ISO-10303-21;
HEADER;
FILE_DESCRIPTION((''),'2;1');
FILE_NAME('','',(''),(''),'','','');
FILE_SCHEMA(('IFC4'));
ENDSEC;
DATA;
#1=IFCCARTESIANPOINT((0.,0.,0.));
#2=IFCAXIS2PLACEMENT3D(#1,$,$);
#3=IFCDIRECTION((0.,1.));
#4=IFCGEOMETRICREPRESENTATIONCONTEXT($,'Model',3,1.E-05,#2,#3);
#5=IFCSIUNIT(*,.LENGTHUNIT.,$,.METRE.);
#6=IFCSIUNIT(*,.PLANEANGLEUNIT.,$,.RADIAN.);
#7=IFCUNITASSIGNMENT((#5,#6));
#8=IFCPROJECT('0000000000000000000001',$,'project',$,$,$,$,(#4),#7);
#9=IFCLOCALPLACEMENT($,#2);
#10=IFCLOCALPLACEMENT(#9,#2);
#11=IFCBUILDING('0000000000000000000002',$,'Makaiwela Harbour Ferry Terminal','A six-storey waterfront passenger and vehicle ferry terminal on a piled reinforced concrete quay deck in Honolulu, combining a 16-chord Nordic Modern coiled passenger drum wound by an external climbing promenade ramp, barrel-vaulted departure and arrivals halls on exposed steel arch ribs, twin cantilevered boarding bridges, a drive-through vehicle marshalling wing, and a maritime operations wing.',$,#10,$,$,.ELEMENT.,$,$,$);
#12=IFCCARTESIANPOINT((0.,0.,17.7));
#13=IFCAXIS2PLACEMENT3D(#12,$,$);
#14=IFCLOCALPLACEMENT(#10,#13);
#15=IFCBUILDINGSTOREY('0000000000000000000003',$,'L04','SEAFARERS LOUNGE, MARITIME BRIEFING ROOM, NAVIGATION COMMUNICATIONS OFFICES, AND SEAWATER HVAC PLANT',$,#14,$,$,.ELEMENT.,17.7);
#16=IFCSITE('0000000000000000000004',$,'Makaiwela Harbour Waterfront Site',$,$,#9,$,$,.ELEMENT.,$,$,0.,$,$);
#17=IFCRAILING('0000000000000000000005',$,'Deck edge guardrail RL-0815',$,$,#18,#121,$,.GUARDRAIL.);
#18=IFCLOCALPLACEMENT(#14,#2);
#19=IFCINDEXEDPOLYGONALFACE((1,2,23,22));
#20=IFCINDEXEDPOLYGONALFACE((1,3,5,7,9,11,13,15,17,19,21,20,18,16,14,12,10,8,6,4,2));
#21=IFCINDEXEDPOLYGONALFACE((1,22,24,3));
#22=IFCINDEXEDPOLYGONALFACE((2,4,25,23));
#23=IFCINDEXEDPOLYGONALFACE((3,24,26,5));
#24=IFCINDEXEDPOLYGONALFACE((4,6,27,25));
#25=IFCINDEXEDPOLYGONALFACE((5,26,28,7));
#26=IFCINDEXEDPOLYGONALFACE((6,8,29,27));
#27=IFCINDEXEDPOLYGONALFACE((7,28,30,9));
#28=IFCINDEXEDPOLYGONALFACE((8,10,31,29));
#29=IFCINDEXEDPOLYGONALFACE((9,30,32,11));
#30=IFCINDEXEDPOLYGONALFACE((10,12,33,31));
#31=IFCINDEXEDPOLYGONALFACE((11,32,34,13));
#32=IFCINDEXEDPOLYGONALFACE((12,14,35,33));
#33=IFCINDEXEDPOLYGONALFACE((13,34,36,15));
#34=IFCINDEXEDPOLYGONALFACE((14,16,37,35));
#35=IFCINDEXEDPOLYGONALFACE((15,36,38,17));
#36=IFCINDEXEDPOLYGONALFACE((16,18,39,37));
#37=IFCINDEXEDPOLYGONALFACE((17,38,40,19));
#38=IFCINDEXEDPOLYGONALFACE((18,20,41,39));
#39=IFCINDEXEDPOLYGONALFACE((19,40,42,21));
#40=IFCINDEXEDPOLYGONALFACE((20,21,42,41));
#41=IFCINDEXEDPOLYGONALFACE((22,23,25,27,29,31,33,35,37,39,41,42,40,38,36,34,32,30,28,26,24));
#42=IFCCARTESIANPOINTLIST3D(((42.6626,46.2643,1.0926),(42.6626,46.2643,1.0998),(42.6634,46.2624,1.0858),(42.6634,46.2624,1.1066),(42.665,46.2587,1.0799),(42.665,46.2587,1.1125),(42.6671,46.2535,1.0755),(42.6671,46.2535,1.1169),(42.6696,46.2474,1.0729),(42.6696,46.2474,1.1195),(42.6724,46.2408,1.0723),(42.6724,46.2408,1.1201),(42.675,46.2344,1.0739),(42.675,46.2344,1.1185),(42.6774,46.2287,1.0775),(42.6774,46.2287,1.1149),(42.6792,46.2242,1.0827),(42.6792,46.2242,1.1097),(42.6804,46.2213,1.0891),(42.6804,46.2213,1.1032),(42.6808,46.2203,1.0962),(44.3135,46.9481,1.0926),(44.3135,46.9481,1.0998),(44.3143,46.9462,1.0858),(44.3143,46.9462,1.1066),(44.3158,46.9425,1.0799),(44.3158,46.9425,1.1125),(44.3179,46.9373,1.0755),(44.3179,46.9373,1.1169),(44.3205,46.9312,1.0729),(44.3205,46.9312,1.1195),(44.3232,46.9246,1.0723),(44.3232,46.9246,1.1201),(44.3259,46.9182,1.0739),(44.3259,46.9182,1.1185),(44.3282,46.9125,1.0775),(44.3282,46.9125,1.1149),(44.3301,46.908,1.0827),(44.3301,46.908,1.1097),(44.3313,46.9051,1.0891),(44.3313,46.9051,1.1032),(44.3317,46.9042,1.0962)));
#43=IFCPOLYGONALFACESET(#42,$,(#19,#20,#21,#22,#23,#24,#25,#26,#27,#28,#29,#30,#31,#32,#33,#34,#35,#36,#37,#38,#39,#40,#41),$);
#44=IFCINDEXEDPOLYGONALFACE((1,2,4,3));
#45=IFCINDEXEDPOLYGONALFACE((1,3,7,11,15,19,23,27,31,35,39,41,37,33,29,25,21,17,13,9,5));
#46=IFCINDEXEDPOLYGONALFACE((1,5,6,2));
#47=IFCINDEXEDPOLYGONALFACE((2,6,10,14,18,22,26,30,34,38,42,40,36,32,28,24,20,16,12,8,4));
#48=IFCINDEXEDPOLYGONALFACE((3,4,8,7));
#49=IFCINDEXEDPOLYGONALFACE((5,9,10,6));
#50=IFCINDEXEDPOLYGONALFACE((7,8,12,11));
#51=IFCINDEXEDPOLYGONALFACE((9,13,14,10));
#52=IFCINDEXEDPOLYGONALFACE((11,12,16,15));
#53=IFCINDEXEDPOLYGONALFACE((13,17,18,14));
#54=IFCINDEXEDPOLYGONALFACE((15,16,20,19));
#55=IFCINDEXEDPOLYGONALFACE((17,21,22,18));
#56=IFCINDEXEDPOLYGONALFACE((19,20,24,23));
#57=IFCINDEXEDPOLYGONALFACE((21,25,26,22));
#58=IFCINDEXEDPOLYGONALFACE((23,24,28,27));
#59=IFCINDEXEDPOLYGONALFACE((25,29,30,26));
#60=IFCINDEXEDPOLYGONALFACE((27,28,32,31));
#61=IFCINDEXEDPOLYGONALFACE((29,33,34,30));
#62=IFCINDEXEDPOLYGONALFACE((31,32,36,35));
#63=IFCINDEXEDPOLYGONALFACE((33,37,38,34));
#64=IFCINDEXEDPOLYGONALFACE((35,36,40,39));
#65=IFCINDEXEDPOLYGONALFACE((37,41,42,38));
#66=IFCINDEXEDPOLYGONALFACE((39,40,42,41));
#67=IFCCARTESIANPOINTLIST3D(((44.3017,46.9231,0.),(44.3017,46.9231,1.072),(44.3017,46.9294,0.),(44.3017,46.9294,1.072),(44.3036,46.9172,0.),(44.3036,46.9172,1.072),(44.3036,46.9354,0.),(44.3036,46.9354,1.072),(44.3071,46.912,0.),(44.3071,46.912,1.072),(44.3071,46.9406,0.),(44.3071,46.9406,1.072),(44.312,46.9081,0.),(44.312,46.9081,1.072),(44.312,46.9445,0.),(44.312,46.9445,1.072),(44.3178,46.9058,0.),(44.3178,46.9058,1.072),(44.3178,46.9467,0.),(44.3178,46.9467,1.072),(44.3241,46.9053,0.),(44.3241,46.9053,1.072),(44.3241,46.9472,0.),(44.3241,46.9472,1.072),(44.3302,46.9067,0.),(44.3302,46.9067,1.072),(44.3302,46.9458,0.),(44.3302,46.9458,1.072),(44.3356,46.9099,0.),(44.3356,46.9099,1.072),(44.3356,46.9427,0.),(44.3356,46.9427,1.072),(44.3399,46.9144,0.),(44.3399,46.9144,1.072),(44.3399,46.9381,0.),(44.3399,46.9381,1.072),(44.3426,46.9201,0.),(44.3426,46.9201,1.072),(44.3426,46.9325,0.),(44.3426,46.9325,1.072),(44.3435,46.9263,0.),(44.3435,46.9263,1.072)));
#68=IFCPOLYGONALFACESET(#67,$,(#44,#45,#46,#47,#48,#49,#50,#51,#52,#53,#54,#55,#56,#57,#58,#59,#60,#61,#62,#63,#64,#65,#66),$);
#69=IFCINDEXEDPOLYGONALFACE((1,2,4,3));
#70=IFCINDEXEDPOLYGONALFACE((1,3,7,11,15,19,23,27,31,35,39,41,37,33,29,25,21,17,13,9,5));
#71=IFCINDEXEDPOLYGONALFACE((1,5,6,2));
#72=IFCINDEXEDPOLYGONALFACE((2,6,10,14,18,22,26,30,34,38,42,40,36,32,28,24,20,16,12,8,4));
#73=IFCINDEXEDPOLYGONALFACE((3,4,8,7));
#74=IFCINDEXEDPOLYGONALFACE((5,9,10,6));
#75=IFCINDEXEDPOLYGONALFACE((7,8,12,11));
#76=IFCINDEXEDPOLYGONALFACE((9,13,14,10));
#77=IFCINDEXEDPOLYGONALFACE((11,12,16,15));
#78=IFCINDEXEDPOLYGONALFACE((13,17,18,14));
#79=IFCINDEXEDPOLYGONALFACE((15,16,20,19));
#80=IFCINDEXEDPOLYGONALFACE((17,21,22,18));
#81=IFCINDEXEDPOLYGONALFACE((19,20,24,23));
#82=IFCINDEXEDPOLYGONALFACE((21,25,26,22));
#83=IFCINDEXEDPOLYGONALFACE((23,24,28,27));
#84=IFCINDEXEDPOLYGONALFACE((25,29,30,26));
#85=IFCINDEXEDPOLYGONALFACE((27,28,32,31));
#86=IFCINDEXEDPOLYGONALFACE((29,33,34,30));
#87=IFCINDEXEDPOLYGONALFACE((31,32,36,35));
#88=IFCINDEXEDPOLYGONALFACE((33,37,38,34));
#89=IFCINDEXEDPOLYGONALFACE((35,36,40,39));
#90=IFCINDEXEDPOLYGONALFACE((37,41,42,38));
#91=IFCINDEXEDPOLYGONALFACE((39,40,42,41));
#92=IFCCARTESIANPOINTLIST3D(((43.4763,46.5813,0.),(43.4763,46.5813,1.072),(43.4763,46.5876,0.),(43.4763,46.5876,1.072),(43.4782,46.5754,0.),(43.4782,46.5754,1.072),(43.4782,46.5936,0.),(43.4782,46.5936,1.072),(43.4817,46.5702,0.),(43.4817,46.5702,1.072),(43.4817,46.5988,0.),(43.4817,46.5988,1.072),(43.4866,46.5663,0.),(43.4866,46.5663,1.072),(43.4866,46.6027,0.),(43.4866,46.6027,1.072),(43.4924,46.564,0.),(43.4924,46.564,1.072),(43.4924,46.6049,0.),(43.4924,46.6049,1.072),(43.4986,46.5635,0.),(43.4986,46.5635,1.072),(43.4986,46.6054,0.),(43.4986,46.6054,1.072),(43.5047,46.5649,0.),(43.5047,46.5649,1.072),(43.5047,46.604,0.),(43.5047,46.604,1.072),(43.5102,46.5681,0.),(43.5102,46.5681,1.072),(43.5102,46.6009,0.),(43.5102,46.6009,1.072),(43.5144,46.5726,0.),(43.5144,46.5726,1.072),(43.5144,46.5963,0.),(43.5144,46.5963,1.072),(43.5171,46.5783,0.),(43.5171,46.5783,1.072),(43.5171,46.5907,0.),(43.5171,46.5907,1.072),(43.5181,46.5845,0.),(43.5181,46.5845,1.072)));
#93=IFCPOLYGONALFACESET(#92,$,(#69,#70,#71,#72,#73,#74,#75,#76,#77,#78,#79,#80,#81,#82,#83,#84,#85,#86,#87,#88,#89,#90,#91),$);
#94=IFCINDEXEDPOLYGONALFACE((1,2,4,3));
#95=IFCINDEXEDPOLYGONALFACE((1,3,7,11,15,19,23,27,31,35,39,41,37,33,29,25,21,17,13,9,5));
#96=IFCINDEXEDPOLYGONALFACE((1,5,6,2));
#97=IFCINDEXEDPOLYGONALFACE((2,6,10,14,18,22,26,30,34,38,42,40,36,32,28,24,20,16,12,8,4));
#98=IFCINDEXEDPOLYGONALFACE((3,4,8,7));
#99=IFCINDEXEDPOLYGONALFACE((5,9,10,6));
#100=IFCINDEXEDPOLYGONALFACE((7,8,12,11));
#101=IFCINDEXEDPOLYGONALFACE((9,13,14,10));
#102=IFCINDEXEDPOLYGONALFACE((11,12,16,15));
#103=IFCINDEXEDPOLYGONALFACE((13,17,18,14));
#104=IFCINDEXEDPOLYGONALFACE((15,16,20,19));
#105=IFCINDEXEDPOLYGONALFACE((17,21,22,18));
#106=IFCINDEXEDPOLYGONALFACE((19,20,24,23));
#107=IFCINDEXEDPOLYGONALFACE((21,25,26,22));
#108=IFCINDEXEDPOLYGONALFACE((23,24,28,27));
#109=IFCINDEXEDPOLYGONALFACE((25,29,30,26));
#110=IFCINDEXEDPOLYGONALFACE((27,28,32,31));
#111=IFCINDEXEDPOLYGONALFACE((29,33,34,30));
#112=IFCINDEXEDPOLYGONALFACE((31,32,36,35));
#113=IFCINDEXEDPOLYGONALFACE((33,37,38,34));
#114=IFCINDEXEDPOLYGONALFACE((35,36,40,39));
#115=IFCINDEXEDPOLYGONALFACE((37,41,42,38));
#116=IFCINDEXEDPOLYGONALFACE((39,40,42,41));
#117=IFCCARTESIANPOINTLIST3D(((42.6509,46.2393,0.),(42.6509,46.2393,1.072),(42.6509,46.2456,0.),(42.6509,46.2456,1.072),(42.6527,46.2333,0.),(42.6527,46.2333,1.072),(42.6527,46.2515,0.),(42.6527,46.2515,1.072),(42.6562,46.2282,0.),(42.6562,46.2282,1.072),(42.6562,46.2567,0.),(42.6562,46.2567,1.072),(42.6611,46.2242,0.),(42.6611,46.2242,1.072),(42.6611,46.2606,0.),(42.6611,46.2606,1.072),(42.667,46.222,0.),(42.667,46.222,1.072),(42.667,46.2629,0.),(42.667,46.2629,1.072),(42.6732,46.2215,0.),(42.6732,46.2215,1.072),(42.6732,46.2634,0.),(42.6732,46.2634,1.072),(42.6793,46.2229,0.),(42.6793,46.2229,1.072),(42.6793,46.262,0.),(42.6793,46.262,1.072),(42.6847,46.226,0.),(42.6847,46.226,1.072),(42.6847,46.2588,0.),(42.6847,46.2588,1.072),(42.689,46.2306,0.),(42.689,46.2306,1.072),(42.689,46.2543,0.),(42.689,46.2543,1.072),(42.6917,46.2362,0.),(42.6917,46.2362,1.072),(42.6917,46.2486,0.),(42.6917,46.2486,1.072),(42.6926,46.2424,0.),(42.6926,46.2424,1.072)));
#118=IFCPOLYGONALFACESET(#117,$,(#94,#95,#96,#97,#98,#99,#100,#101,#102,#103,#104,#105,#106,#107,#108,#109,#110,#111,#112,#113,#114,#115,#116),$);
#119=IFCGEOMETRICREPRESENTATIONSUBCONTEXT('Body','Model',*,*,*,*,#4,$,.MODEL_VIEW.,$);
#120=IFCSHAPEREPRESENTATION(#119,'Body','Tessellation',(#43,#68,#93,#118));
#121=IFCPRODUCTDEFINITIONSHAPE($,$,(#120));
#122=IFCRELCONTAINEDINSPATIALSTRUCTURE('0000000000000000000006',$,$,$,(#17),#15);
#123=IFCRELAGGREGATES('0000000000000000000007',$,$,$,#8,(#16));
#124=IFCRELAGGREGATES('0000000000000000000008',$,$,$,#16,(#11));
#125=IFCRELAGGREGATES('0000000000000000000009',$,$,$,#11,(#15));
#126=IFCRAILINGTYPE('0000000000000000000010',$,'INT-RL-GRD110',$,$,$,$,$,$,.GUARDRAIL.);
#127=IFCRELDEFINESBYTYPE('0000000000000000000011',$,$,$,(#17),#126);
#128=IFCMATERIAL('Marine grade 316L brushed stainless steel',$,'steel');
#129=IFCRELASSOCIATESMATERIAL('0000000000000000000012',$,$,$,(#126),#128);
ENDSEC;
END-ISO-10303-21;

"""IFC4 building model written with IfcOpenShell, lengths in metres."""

from ifc_helpers import new_model, si_unit, direction, frame, origin, origin_2d, place, context, subcontext, project, spatial, circle, extrude, material, type_object, element, save


model = new_model("IFC4")

# Units and contexts
model_context = context("Model", 3, precision=1e-05, world=origin(), true_north=direction((0.0, 1.0)))
body_context = subcontext(model_context, "Body", "Model", "MODEL_VIEW")
ifc_project = project(units=[si_unit("LENGTHUNIT", "METRE"), si_unit("PLANEANGLEUNIT", "RADIAN")], contexts=[model_context])

# Site, building, storey
site_placement = place(None, origin())
site = spatial("IfcSite", under=ifc_project, at=site_placement, Name="Makaiwela Harbour Waterfront Site", CompositionType="ELEMENT", RefElevation=0.0)
building_placement = place(site_placement, origin())
building = spatial("IfcBuilding", under=site, at=building_placement, Name="Makaiwela Harbour Ferry Terminal", Description="A six-storey waterfront passenger and vehicle ferry terminal on a piled reinforced concrete quay deck in Honolulu, combining a 16-chord Nordic Modern coiled passenger drum wound by an external climbing promenade ramp, barrel-vaulted departure and arrivals halls on exposed steel arch ribs, twin cantilevered boarding bridges, a drive-through vehicle marshalling wing, and a maritime operations wing.", CompositionType="ELEMENT")
storey_placement = place(building_placement, frame((0.0, 0.0, 17.7)))
storey = spatial("IfcBuildingStorey", under=building, at=storey_placement, Name="L04", Description="SEAFARERS LOUNGE, MARITIME BRIEFING ROOM, NAVIGATION COMMUNICATIONS OFFICES, AND SEAWATER HVAC PLANT", CompositionType="ELEMENT", Elevation=17.7)

# Railing
ifc_material_1 = material(Name="Marine grade 316L brushed stainless steel", Category="steel")
railing_type_1 = type_object("IfcRailingType", Name="INT-RL-GRD110", PredefinedType="GUARDRAIL", material=ifc_material_1)
railing_1_placement = place(storey_placement, frame((44.3225, 46.9263, 0.0)))
element("IfcRailing", 1, at=railing_1_placement, inside=storey, type_object=railing_type_1, Name="Deck edge guardrail RL-0815", PredefinedType="GUARDRAIL", context=body_context, shape_type="SweptSolid", body=[
    extrude(circle(Radius=0.0239, at=origin_2d()), frame((0.0, 0.0, 1.0962), z_axis=(-0.923875, -0.382694, 0.0), x_axis=(0.382694, -0.923875, 0.0)), (0.0, 0.0, 1.0), 1.7869),
    extrude(circle(Radius=0.021, at=origin_2d()), origin(), (0.0, 0.0, 1.0), 1.072),
    extrude(circle(Radius=0.021, at=origin_2d()), frame((-0.8254, -0.3418, 0.0)), (0.0, 0.0, 1.0), 1.072),
    extrude(circle(Radius=0.021, at=origin_2d()), frame((-1.6509, -0.6838, 0.0)), (0.0, 0.0, 1.0), 1.072),
])

save(model, "model.ifc")
